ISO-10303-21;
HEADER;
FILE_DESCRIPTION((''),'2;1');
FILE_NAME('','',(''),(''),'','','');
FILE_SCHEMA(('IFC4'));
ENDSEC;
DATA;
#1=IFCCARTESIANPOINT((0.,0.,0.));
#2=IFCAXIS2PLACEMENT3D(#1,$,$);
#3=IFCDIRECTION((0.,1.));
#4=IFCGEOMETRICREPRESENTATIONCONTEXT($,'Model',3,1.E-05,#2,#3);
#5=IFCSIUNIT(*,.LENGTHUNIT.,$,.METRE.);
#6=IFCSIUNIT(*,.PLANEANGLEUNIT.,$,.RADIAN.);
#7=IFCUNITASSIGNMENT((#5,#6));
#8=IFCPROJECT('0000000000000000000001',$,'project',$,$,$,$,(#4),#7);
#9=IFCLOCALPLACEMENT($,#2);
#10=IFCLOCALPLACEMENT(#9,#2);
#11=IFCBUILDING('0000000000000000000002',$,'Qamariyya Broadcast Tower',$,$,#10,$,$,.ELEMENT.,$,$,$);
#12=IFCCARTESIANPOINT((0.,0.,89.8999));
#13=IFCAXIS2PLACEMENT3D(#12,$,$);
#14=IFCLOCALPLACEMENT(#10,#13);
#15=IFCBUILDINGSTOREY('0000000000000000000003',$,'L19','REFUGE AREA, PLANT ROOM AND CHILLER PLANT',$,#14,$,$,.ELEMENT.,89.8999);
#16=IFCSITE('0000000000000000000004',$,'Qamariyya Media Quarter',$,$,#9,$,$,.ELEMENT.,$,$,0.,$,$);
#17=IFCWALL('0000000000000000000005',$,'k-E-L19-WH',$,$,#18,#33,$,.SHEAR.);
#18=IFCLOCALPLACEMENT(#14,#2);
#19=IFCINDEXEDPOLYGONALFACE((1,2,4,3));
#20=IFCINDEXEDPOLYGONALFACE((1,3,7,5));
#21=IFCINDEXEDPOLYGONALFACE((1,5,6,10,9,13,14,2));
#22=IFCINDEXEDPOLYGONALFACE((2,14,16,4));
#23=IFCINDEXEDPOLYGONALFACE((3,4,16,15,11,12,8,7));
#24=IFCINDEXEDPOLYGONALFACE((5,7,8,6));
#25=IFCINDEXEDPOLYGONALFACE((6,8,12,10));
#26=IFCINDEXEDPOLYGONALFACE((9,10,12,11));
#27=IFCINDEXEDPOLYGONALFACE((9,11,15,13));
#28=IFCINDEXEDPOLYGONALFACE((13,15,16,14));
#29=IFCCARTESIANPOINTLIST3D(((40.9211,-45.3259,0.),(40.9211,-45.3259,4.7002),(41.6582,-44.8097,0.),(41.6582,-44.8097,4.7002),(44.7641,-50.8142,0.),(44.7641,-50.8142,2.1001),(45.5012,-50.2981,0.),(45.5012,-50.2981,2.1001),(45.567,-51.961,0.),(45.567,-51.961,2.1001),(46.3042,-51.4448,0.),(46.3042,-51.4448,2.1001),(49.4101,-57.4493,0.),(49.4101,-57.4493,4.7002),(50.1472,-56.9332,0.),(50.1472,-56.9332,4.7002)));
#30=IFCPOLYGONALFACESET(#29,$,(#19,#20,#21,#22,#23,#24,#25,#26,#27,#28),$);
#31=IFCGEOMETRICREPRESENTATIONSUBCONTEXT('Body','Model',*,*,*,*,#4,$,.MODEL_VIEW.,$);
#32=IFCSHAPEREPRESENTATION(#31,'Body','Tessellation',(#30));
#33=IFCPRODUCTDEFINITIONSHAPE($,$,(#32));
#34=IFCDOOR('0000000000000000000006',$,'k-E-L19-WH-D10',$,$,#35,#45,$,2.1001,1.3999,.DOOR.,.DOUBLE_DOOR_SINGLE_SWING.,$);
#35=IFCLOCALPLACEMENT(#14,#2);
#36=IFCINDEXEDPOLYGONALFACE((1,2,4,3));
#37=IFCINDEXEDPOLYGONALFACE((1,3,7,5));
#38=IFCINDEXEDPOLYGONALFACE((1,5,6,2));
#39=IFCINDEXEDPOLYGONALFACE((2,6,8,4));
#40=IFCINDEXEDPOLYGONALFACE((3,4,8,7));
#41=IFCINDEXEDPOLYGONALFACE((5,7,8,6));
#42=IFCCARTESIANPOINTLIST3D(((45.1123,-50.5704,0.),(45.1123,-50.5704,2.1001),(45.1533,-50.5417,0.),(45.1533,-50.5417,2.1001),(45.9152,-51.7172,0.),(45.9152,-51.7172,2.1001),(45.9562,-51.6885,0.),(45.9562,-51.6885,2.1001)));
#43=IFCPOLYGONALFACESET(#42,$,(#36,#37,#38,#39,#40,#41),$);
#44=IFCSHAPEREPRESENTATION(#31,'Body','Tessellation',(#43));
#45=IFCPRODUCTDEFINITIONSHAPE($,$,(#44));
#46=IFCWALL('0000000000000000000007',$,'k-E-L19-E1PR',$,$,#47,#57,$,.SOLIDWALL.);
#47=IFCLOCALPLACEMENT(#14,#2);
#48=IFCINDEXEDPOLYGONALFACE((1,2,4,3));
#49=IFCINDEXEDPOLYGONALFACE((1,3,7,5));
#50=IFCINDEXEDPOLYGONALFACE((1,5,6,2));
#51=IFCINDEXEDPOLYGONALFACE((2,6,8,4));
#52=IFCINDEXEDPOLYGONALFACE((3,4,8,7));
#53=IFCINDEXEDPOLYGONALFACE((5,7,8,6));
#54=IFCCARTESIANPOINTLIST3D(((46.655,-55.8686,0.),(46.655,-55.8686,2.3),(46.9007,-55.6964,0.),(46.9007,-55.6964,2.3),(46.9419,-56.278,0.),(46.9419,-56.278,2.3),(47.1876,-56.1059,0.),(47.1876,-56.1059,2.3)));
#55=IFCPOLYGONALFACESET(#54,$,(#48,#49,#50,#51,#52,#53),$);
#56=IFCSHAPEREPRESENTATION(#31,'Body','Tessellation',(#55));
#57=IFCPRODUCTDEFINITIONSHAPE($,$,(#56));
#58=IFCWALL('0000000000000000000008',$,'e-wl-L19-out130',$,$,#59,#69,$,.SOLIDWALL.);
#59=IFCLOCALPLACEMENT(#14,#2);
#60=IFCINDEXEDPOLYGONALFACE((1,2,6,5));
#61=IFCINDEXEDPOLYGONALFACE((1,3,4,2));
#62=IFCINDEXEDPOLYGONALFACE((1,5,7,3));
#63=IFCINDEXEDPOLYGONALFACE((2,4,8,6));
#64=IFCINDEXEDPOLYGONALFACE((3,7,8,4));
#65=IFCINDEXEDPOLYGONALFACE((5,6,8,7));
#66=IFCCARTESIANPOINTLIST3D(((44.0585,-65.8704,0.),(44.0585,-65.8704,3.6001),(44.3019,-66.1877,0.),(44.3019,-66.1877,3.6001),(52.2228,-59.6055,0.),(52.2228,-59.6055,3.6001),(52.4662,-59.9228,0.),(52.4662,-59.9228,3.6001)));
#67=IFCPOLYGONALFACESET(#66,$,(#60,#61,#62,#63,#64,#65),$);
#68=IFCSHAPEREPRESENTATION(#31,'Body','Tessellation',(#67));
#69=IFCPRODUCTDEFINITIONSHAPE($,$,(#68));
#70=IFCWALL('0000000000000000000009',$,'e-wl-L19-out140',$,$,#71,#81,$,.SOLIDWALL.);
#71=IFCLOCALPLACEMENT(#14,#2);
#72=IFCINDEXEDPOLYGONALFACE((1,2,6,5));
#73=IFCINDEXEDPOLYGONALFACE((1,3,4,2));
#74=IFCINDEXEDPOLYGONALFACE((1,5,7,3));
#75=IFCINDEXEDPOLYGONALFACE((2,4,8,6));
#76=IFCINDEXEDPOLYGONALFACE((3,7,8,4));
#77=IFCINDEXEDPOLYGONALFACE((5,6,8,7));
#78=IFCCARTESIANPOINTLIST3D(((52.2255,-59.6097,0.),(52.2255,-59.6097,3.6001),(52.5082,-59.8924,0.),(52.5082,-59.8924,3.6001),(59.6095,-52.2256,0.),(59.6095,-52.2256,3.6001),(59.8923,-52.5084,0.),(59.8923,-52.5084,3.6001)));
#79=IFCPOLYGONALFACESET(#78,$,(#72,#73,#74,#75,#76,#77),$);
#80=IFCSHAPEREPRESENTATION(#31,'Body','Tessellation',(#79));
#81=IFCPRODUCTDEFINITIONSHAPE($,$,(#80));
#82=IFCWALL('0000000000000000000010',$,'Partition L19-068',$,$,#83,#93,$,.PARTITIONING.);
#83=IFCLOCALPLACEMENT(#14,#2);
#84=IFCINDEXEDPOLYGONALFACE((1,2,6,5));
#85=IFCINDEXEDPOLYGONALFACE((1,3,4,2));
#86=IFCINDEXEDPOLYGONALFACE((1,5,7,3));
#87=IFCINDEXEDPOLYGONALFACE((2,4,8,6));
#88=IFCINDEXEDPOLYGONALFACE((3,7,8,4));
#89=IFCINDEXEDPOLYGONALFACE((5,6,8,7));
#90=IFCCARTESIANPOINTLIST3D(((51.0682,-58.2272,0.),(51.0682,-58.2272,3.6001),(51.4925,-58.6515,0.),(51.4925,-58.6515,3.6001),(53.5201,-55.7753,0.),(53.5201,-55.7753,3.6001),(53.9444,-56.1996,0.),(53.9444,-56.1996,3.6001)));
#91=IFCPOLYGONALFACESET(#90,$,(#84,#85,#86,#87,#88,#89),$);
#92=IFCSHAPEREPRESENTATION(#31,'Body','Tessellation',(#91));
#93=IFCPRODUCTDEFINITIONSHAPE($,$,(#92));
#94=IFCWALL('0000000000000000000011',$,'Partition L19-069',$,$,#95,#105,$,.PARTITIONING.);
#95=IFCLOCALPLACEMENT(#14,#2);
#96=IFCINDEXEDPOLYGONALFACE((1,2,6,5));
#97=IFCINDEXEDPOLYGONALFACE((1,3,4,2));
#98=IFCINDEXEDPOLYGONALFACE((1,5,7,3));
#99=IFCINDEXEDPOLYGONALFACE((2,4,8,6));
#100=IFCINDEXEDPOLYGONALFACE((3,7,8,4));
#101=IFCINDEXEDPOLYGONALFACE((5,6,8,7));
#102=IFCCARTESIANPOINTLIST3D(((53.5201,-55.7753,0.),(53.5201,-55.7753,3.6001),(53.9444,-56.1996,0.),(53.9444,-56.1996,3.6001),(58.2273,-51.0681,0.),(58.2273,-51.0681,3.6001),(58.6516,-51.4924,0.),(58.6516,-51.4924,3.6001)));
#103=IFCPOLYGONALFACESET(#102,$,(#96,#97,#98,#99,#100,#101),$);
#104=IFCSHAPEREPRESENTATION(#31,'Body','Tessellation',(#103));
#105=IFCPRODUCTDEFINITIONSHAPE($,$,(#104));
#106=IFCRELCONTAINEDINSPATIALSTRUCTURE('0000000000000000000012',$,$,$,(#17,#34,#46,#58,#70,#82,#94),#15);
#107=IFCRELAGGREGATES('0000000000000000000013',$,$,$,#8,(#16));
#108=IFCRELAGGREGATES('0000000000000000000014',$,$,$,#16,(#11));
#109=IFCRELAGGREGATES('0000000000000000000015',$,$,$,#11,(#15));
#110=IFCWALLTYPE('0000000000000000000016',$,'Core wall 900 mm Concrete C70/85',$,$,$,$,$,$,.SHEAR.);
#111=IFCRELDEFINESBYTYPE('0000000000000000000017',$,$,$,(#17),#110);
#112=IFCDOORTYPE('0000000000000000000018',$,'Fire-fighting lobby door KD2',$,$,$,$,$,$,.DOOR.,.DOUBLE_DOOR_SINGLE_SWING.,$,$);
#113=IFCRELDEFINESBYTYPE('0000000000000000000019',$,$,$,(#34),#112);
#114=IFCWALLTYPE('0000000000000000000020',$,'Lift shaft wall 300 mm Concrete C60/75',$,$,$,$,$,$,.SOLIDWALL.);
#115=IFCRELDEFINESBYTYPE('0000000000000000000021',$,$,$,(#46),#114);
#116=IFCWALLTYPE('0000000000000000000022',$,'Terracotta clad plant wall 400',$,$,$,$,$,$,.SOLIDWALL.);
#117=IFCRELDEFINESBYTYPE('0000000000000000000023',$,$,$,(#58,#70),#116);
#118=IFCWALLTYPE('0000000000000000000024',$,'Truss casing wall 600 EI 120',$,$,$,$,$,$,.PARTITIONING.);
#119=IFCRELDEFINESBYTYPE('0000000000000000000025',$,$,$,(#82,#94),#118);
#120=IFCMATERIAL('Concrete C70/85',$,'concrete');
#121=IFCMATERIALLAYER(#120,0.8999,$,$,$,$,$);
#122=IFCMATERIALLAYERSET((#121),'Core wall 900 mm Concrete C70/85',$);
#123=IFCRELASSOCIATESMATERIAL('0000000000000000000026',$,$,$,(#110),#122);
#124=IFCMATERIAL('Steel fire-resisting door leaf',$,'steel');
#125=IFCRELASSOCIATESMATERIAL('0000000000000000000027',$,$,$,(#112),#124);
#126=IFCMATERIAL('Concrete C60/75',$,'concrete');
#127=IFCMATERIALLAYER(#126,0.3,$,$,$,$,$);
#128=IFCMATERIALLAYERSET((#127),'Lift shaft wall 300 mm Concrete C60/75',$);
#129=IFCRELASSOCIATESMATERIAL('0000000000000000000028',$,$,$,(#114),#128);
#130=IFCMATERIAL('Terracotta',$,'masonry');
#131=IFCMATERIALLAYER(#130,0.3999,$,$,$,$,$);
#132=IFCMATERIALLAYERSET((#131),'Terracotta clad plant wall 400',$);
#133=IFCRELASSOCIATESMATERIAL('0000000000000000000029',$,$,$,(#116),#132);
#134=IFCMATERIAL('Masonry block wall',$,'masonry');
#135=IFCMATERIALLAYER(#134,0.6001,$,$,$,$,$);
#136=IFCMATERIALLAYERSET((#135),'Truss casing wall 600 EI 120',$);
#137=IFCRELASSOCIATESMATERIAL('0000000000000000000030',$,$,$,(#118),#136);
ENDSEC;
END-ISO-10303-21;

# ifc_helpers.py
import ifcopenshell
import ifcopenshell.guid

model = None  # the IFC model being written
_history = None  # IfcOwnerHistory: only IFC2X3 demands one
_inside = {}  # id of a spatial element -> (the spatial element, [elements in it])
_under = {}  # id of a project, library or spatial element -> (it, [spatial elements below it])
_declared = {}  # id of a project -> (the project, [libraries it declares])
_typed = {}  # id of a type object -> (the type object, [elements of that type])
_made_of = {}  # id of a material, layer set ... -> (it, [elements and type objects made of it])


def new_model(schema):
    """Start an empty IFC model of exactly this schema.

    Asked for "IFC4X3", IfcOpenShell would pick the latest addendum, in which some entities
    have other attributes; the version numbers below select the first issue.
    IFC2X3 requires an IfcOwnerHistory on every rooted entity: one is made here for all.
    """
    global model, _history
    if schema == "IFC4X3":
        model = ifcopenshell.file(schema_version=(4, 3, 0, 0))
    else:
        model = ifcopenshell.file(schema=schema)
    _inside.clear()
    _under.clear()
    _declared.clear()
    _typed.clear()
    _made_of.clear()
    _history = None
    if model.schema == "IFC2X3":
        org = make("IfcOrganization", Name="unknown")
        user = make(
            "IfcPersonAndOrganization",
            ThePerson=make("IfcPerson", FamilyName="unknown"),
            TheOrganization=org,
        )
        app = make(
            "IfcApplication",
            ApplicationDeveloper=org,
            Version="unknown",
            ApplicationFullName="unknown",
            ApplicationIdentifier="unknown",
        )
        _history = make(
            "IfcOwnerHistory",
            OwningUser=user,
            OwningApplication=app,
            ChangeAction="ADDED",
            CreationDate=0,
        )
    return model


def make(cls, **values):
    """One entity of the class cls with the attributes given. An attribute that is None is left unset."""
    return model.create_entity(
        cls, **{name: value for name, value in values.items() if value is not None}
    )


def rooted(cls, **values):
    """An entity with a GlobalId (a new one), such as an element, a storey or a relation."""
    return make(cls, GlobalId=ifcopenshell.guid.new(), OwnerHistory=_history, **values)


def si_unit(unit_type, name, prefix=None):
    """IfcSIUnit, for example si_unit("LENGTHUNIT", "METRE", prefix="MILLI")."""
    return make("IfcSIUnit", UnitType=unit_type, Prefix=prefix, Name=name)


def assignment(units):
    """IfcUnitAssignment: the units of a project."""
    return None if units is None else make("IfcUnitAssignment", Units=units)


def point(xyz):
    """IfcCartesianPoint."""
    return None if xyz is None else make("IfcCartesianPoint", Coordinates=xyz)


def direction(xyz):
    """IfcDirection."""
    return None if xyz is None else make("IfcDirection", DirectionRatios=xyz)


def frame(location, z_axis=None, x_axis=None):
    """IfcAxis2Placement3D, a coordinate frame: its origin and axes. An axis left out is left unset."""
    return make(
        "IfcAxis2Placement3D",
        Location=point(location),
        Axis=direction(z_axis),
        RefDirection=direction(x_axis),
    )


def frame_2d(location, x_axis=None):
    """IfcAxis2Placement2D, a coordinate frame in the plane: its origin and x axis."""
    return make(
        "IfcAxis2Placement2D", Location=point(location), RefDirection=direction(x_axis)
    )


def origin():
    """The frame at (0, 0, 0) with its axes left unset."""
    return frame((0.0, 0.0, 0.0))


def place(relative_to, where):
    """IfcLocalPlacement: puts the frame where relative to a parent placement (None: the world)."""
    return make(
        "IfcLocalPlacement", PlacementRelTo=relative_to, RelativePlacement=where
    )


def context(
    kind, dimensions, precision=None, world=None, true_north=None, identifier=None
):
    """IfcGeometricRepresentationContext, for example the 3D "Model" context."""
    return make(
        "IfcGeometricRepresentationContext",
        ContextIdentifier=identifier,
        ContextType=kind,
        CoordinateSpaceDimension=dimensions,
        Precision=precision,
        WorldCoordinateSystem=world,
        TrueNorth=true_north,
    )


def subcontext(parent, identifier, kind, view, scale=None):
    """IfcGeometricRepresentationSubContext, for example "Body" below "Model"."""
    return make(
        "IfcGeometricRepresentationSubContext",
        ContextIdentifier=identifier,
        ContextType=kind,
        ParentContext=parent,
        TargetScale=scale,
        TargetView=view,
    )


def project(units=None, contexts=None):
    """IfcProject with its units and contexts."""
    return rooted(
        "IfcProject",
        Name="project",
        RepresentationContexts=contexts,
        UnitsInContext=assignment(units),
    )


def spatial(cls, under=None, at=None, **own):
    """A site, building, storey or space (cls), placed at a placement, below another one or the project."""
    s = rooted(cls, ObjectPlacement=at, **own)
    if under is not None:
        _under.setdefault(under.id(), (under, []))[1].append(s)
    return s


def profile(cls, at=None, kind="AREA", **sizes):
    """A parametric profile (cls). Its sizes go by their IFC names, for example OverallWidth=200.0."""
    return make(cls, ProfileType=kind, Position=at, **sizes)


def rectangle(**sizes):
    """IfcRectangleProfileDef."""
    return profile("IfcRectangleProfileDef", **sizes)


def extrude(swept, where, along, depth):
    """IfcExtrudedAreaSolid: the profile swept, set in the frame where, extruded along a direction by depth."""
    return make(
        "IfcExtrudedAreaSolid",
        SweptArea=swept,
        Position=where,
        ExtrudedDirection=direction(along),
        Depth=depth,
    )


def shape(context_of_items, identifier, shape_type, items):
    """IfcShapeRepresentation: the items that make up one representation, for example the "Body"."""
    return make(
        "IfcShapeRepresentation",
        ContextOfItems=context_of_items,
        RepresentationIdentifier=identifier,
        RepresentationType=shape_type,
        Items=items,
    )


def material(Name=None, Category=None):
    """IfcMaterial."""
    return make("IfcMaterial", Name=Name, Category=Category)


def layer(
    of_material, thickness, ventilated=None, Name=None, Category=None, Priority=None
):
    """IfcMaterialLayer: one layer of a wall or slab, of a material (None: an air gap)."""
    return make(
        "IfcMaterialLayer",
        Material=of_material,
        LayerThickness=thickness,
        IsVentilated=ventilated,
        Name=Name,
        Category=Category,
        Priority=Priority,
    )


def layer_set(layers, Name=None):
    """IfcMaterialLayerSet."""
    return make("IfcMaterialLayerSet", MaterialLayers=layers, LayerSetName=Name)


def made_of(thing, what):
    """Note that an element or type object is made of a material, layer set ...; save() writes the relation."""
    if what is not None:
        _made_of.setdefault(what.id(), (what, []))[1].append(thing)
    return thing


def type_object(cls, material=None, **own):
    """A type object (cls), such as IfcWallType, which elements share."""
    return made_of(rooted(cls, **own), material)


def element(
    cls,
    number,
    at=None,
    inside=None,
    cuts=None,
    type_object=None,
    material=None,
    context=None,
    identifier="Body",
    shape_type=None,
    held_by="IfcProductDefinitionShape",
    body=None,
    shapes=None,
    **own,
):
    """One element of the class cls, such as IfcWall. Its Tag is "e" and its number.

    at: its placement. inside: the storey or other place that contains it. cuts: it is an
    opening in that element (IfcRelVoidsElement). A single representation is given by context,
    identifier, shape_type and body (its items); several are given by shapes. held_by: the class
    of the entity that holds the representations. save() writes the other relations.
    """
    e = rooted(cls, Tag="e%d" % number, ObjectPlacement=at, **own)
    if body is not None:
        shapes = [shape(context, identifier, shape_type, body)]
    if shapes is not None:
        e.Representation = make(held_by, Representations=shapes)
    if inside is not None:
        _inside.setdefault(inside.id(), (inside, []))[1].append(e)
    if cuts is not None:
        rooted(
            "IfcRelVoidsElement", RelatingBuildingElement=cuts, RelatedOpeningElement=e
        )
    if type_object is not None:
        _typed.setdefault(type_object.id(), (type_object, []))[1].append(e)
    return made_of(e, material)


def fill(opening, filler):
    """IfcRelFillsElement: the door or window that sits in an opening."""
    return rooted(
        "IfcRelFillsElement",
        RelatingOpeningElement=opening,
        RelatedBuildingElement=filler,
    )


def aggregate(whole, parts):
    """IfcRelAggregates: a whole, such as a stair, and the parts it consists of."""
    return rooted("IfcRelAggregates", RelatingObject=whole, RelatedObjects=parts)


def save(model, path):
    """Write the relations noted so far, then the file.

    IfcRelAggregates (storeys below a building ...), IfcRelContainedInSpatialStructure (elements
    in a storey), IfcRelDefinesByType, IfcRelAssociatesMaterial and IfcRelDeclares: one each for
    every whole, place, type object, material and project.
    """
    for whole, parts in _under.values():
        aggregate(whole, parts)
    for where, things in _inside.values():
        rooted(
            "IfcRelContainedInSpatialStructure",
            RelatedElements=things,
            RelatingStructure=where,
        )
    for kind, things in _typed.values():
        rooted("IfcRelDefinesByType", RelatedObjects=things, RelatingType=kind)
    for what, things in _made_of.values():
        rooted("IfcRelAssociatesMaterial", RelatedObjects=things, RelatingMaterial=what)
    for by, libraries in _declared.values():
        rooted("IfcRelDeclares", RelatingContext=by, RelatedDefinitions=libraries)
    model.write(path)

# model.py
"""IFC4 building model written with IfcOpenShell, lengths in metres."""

from ifc_helpers import new_model, si_unit, direction, frame, frame_2d, origin, place, context, subcontext, project, spatial, rectangle, extrude, material, layer, layer_set, type_object, element, fill, save


model = new_model("IFC4")

# Units and contexts
model_context = context("Model", 3, precision=1e-05, world=origin(), true_north=direction((0.0, 1.0)))
body_context = subcontext(model_context, "Body", "Model", "MODEL_VIEW")
ifc_project = project(units=[si_unit("LENGTHUNIT", "METRE"), si_unit("PLANEANGLEUNIT", "RADIAN")], contexts=[model_context])

# Site, building, storey
site_placement = place(None, origin())
site = spatial("IfcSite", under=ifc_project, at=site_placement, Name="Qamariyya Media Quarter", CompositionType="ELEMENT", RefElevation=0.0)
building_placement = place(site_placement, origin())
building = spatial("IfcBuilding", under=site, at=building_placement, Name="Qamariyya Broadcast Tower", CompositionType="ELEMENT")
storey_placement = place(building_placement, frame((0.0, 0.0, 89.8999)))
storey = spatial("IfcBuildingStorey", under=building, at=storey_placement, Name="L19", Description="REFUGE AREA, PLANT ROOM AND CHILLER PLANT", CompositionType="ELEMENT", Elevation=89.8999)

# Shared definitions
ifc_material_1 = material(Name="Concrete C70/85", Category="concrete")

# Wall, opening, door
ifc_layer_1 = layer(ifc_material_1, 0.8999)
ifc_layer_set_1 = layer_set([ifc_layer_1], Name="Core wall 900 mm Concrete C70/85")
wall_type_1 = type_object("IfcWallType", Name="Core wall 900 mm Concrete C70/85", PredefinedType="SHEAR", material=ifc_layer_set_1)
wall_1_placement = place(storey_placement, frame((49.7786, -57.1912, 0.0), z_axis=(0.0, 0.0, 1.0), x_axis=(-0.573577, 0.819151, 0.0)))
wall_1 = element("IfcWall", 1, at=wall_1_placement, inside=storey, type_object=wall_type_1, Name="k-E-L19-WH", PredefinedType="SHEAR", context=body_context, shape_type="SweptSolid", body=[
    extrude(rectangle(XDim=14.8, YDim=0.8999, at=frame_2d((7.3999, 0.0))), origin(), (0.0, 0.0, 1.0), 4.7002),
])
opening_placement = place(wall_1_placement, frame((6.7, 0.0, 0.0)))
opening = element("IfcOpeningElement", 2, at=opening_placement, cuts=wall_1, PredefinedType="OPENING", context=body_context, shape_type="SweptSolid", body=[
    extrude(rectangle(XDim=1.3999, YDim=2.1001, at=frame_2d((0.7, 1.05))), frame((0.0, 0.46, 0.0), z_axis=(0.0, -1.0, 0.0), x_axis=(1.0, 0.0, 0.0)), (0.0, 0.0, 1.0), 0.9199),
])
ifc_material_2 = material(Name="Steel fire-resisting door leaf", Category="steel")
door_type = type_object("IfcDoorType", Name="Fire-fighting lobby door KD2", OperationType="DOUBLE_DOOR_SINGLE_SWING", PredefinedType="DOOR", material=ifc_material_2)
door_placement = place(opening_placement, origin())
door = element("IfcDoor", 3, at=door_placement, inside=storey, type_object=door_type, Name="k-E-L19-WH-D10", OperationType="DOUBLE_DOOR_SINGLE_SWING", OverallHeight=2.1001, OverallWidth=1.3999, PredefinedType="DOOR", context=body_context, shape_type="SweptSolid", body=[
    extrude(rectangle(XDim=1.3999, YDim=2.1001, at=frame_2d((0.7, 1.05))), frame((0.0, 0.0249, 0.0), z_axis=(0.0, -1.0, 0.0), x_axis=(1.0, 0.0, 0.0)), (0.0, 0.0, 1.0), 0.05),
])
fill(opening, door)

# Walls
ifc_material_3 = material(Name="Concrete C60/75", Category="concrete")
ifc_layer_2 = layer(ifc_material_3, 0.3)
ifc_layer_set_2 = layer_set([ifc_layer_2], Name="Lift shaft wall 300 mm Concrete C60/75")
wall_type_2 = type_object("IfcWallType", Name="Lift shaft wall 300 mm Concrete C60/75", PredefinedType="SOLIDWALL", material=ifc_layer_set_2)
wall_2_placement = place(storey_placement, frame((46.7778, -55.7825, 0.0), z_axis=(0.0, 0.0, 1.0), x_axis=(0.573823, -0.818979, 0.0)))
element("IfcWall", 4, at=wall_2_placement, inside=storey, type_object=wall_type_2, Name="k-E-L19-E1PR", PredefinedType="SOLIDWALL", context=body_context, shape_type="SweptSolid", body=[
    extrude(rectangle(XDim=0.5, YDim=0.3, at=frame_2d((0.25, 0.0))), origin(), (0.0, 0.0, 1.0), 2.3),
])
ifc_material_4 = material(Name="Terracotta", Category="masonry")
ifc_layer_3 = layer(ifc_material_4, 0.3999)
ifc_layer_set_3 = layer_set([ifc_layer_3], Name="Terracotta clad plant wall 400")
wall_type_3 = type_object("IfcWallType", Name="Terracotta clad plant wall 400", PredefinedType="SOLIDWALL", material=ifc_layer_set_3)
wall_3_placement = place(storey_placement, frame((44.1802, -66.0291, 0.0), z_axis=(0.0, 0.0, 1.0), x_axis=(0.793344, 0.608774, 0.0)))
element("IfcWall", 5, at=wall_3_placement, inside=storey, type_object=wall_type_3, Name="e-wl-L19-out130", PredefinedType="SOLIDWALL", context=body_context, shape_type="SweptSolid", body=[
    extrude(rectangle(XDim=10.291, YDim=0.3999, at=frame_2d((5.1455, 0.0))), origin(), (0.0, 0.0, 1.0), 3.6001),
])
wall_4_placement = place(storey_placement, frame((52.3669, -59.751, 0.0), z_axis=(0.0, 0.0, 1.0), x_axis=(0.707107, 0.707107, 0.0)))
element("IfcWall", 6, at=wall_4_placement, inside=storey, type_object=wall_type_3, Name="e-wl-L19-out140", PredefinedType="SOLIDWALL", context=body_context, shape_type="SweptSolid", body=[
    extrude(rectangle(XDim=10.4426, YDim=0.3999, at=frame_2d((5.2212, 0.0))), origin(), (0.0, 0.0, 1.0), 3.6001),
])
ifc_material_5 = material(Name="Masonry block wall", Category="masonry")
ifc_layer_4 = layer(ifc_material_5, 0.6001)
ifc_layer_set_4 = layer_set([ifc_layer_4], Name="Truss casing wall 600 EI 120")
wall_type_4 = type_object("IfcWallType", Name="Truss casing wall 600 EI 120", PredefinedType="PARTITIONING", material=ifc_layer_set_4)
wall_5_placement = place(storey_placement, frame((51.2803, -58.4395, 0.0), z_axis=(0.0, 0.0, 1.0), x_axis=(0.707107, 0.707107, 0.0)))
element("IfcWall", 7, at=wall_5_placement, inside=storey, type_object=wall_type_4, Name="Partition L19-068", PredefinedType="PARTITIONING", context=body_context, shape_type="SweptSolid", body=[
    extrude(rectangle(XDim=3.4675, YDim=0.6001, at=frame_2d((1.7339, 0.0))), origin(), (0.0, 0.0, 1.0), 3.6001),
])
wall_6_placement = place(storey_placement, frame((53.7322, -55.9875, 0.0), z_axis=(0.0, 0.0, 1.0), x_axis=(0.707107, 0.707107, 0.0)))
element("IfcWall", 8, at=wall_6_placement, inside=storey, type_object=wall_type_4, Name="Partition L19-069", PredefinedType="PARTITIONING", context=body_context, shape_type="SweptSolid", body=[
    extrude(rectangle(XDim=6.657, YDim=0.6001, at=frame_2d((3.3286, 0.0))), origin(), (0.0, 0.0, 1.0), 3.6001),
])

save(model, "model.ifc")
